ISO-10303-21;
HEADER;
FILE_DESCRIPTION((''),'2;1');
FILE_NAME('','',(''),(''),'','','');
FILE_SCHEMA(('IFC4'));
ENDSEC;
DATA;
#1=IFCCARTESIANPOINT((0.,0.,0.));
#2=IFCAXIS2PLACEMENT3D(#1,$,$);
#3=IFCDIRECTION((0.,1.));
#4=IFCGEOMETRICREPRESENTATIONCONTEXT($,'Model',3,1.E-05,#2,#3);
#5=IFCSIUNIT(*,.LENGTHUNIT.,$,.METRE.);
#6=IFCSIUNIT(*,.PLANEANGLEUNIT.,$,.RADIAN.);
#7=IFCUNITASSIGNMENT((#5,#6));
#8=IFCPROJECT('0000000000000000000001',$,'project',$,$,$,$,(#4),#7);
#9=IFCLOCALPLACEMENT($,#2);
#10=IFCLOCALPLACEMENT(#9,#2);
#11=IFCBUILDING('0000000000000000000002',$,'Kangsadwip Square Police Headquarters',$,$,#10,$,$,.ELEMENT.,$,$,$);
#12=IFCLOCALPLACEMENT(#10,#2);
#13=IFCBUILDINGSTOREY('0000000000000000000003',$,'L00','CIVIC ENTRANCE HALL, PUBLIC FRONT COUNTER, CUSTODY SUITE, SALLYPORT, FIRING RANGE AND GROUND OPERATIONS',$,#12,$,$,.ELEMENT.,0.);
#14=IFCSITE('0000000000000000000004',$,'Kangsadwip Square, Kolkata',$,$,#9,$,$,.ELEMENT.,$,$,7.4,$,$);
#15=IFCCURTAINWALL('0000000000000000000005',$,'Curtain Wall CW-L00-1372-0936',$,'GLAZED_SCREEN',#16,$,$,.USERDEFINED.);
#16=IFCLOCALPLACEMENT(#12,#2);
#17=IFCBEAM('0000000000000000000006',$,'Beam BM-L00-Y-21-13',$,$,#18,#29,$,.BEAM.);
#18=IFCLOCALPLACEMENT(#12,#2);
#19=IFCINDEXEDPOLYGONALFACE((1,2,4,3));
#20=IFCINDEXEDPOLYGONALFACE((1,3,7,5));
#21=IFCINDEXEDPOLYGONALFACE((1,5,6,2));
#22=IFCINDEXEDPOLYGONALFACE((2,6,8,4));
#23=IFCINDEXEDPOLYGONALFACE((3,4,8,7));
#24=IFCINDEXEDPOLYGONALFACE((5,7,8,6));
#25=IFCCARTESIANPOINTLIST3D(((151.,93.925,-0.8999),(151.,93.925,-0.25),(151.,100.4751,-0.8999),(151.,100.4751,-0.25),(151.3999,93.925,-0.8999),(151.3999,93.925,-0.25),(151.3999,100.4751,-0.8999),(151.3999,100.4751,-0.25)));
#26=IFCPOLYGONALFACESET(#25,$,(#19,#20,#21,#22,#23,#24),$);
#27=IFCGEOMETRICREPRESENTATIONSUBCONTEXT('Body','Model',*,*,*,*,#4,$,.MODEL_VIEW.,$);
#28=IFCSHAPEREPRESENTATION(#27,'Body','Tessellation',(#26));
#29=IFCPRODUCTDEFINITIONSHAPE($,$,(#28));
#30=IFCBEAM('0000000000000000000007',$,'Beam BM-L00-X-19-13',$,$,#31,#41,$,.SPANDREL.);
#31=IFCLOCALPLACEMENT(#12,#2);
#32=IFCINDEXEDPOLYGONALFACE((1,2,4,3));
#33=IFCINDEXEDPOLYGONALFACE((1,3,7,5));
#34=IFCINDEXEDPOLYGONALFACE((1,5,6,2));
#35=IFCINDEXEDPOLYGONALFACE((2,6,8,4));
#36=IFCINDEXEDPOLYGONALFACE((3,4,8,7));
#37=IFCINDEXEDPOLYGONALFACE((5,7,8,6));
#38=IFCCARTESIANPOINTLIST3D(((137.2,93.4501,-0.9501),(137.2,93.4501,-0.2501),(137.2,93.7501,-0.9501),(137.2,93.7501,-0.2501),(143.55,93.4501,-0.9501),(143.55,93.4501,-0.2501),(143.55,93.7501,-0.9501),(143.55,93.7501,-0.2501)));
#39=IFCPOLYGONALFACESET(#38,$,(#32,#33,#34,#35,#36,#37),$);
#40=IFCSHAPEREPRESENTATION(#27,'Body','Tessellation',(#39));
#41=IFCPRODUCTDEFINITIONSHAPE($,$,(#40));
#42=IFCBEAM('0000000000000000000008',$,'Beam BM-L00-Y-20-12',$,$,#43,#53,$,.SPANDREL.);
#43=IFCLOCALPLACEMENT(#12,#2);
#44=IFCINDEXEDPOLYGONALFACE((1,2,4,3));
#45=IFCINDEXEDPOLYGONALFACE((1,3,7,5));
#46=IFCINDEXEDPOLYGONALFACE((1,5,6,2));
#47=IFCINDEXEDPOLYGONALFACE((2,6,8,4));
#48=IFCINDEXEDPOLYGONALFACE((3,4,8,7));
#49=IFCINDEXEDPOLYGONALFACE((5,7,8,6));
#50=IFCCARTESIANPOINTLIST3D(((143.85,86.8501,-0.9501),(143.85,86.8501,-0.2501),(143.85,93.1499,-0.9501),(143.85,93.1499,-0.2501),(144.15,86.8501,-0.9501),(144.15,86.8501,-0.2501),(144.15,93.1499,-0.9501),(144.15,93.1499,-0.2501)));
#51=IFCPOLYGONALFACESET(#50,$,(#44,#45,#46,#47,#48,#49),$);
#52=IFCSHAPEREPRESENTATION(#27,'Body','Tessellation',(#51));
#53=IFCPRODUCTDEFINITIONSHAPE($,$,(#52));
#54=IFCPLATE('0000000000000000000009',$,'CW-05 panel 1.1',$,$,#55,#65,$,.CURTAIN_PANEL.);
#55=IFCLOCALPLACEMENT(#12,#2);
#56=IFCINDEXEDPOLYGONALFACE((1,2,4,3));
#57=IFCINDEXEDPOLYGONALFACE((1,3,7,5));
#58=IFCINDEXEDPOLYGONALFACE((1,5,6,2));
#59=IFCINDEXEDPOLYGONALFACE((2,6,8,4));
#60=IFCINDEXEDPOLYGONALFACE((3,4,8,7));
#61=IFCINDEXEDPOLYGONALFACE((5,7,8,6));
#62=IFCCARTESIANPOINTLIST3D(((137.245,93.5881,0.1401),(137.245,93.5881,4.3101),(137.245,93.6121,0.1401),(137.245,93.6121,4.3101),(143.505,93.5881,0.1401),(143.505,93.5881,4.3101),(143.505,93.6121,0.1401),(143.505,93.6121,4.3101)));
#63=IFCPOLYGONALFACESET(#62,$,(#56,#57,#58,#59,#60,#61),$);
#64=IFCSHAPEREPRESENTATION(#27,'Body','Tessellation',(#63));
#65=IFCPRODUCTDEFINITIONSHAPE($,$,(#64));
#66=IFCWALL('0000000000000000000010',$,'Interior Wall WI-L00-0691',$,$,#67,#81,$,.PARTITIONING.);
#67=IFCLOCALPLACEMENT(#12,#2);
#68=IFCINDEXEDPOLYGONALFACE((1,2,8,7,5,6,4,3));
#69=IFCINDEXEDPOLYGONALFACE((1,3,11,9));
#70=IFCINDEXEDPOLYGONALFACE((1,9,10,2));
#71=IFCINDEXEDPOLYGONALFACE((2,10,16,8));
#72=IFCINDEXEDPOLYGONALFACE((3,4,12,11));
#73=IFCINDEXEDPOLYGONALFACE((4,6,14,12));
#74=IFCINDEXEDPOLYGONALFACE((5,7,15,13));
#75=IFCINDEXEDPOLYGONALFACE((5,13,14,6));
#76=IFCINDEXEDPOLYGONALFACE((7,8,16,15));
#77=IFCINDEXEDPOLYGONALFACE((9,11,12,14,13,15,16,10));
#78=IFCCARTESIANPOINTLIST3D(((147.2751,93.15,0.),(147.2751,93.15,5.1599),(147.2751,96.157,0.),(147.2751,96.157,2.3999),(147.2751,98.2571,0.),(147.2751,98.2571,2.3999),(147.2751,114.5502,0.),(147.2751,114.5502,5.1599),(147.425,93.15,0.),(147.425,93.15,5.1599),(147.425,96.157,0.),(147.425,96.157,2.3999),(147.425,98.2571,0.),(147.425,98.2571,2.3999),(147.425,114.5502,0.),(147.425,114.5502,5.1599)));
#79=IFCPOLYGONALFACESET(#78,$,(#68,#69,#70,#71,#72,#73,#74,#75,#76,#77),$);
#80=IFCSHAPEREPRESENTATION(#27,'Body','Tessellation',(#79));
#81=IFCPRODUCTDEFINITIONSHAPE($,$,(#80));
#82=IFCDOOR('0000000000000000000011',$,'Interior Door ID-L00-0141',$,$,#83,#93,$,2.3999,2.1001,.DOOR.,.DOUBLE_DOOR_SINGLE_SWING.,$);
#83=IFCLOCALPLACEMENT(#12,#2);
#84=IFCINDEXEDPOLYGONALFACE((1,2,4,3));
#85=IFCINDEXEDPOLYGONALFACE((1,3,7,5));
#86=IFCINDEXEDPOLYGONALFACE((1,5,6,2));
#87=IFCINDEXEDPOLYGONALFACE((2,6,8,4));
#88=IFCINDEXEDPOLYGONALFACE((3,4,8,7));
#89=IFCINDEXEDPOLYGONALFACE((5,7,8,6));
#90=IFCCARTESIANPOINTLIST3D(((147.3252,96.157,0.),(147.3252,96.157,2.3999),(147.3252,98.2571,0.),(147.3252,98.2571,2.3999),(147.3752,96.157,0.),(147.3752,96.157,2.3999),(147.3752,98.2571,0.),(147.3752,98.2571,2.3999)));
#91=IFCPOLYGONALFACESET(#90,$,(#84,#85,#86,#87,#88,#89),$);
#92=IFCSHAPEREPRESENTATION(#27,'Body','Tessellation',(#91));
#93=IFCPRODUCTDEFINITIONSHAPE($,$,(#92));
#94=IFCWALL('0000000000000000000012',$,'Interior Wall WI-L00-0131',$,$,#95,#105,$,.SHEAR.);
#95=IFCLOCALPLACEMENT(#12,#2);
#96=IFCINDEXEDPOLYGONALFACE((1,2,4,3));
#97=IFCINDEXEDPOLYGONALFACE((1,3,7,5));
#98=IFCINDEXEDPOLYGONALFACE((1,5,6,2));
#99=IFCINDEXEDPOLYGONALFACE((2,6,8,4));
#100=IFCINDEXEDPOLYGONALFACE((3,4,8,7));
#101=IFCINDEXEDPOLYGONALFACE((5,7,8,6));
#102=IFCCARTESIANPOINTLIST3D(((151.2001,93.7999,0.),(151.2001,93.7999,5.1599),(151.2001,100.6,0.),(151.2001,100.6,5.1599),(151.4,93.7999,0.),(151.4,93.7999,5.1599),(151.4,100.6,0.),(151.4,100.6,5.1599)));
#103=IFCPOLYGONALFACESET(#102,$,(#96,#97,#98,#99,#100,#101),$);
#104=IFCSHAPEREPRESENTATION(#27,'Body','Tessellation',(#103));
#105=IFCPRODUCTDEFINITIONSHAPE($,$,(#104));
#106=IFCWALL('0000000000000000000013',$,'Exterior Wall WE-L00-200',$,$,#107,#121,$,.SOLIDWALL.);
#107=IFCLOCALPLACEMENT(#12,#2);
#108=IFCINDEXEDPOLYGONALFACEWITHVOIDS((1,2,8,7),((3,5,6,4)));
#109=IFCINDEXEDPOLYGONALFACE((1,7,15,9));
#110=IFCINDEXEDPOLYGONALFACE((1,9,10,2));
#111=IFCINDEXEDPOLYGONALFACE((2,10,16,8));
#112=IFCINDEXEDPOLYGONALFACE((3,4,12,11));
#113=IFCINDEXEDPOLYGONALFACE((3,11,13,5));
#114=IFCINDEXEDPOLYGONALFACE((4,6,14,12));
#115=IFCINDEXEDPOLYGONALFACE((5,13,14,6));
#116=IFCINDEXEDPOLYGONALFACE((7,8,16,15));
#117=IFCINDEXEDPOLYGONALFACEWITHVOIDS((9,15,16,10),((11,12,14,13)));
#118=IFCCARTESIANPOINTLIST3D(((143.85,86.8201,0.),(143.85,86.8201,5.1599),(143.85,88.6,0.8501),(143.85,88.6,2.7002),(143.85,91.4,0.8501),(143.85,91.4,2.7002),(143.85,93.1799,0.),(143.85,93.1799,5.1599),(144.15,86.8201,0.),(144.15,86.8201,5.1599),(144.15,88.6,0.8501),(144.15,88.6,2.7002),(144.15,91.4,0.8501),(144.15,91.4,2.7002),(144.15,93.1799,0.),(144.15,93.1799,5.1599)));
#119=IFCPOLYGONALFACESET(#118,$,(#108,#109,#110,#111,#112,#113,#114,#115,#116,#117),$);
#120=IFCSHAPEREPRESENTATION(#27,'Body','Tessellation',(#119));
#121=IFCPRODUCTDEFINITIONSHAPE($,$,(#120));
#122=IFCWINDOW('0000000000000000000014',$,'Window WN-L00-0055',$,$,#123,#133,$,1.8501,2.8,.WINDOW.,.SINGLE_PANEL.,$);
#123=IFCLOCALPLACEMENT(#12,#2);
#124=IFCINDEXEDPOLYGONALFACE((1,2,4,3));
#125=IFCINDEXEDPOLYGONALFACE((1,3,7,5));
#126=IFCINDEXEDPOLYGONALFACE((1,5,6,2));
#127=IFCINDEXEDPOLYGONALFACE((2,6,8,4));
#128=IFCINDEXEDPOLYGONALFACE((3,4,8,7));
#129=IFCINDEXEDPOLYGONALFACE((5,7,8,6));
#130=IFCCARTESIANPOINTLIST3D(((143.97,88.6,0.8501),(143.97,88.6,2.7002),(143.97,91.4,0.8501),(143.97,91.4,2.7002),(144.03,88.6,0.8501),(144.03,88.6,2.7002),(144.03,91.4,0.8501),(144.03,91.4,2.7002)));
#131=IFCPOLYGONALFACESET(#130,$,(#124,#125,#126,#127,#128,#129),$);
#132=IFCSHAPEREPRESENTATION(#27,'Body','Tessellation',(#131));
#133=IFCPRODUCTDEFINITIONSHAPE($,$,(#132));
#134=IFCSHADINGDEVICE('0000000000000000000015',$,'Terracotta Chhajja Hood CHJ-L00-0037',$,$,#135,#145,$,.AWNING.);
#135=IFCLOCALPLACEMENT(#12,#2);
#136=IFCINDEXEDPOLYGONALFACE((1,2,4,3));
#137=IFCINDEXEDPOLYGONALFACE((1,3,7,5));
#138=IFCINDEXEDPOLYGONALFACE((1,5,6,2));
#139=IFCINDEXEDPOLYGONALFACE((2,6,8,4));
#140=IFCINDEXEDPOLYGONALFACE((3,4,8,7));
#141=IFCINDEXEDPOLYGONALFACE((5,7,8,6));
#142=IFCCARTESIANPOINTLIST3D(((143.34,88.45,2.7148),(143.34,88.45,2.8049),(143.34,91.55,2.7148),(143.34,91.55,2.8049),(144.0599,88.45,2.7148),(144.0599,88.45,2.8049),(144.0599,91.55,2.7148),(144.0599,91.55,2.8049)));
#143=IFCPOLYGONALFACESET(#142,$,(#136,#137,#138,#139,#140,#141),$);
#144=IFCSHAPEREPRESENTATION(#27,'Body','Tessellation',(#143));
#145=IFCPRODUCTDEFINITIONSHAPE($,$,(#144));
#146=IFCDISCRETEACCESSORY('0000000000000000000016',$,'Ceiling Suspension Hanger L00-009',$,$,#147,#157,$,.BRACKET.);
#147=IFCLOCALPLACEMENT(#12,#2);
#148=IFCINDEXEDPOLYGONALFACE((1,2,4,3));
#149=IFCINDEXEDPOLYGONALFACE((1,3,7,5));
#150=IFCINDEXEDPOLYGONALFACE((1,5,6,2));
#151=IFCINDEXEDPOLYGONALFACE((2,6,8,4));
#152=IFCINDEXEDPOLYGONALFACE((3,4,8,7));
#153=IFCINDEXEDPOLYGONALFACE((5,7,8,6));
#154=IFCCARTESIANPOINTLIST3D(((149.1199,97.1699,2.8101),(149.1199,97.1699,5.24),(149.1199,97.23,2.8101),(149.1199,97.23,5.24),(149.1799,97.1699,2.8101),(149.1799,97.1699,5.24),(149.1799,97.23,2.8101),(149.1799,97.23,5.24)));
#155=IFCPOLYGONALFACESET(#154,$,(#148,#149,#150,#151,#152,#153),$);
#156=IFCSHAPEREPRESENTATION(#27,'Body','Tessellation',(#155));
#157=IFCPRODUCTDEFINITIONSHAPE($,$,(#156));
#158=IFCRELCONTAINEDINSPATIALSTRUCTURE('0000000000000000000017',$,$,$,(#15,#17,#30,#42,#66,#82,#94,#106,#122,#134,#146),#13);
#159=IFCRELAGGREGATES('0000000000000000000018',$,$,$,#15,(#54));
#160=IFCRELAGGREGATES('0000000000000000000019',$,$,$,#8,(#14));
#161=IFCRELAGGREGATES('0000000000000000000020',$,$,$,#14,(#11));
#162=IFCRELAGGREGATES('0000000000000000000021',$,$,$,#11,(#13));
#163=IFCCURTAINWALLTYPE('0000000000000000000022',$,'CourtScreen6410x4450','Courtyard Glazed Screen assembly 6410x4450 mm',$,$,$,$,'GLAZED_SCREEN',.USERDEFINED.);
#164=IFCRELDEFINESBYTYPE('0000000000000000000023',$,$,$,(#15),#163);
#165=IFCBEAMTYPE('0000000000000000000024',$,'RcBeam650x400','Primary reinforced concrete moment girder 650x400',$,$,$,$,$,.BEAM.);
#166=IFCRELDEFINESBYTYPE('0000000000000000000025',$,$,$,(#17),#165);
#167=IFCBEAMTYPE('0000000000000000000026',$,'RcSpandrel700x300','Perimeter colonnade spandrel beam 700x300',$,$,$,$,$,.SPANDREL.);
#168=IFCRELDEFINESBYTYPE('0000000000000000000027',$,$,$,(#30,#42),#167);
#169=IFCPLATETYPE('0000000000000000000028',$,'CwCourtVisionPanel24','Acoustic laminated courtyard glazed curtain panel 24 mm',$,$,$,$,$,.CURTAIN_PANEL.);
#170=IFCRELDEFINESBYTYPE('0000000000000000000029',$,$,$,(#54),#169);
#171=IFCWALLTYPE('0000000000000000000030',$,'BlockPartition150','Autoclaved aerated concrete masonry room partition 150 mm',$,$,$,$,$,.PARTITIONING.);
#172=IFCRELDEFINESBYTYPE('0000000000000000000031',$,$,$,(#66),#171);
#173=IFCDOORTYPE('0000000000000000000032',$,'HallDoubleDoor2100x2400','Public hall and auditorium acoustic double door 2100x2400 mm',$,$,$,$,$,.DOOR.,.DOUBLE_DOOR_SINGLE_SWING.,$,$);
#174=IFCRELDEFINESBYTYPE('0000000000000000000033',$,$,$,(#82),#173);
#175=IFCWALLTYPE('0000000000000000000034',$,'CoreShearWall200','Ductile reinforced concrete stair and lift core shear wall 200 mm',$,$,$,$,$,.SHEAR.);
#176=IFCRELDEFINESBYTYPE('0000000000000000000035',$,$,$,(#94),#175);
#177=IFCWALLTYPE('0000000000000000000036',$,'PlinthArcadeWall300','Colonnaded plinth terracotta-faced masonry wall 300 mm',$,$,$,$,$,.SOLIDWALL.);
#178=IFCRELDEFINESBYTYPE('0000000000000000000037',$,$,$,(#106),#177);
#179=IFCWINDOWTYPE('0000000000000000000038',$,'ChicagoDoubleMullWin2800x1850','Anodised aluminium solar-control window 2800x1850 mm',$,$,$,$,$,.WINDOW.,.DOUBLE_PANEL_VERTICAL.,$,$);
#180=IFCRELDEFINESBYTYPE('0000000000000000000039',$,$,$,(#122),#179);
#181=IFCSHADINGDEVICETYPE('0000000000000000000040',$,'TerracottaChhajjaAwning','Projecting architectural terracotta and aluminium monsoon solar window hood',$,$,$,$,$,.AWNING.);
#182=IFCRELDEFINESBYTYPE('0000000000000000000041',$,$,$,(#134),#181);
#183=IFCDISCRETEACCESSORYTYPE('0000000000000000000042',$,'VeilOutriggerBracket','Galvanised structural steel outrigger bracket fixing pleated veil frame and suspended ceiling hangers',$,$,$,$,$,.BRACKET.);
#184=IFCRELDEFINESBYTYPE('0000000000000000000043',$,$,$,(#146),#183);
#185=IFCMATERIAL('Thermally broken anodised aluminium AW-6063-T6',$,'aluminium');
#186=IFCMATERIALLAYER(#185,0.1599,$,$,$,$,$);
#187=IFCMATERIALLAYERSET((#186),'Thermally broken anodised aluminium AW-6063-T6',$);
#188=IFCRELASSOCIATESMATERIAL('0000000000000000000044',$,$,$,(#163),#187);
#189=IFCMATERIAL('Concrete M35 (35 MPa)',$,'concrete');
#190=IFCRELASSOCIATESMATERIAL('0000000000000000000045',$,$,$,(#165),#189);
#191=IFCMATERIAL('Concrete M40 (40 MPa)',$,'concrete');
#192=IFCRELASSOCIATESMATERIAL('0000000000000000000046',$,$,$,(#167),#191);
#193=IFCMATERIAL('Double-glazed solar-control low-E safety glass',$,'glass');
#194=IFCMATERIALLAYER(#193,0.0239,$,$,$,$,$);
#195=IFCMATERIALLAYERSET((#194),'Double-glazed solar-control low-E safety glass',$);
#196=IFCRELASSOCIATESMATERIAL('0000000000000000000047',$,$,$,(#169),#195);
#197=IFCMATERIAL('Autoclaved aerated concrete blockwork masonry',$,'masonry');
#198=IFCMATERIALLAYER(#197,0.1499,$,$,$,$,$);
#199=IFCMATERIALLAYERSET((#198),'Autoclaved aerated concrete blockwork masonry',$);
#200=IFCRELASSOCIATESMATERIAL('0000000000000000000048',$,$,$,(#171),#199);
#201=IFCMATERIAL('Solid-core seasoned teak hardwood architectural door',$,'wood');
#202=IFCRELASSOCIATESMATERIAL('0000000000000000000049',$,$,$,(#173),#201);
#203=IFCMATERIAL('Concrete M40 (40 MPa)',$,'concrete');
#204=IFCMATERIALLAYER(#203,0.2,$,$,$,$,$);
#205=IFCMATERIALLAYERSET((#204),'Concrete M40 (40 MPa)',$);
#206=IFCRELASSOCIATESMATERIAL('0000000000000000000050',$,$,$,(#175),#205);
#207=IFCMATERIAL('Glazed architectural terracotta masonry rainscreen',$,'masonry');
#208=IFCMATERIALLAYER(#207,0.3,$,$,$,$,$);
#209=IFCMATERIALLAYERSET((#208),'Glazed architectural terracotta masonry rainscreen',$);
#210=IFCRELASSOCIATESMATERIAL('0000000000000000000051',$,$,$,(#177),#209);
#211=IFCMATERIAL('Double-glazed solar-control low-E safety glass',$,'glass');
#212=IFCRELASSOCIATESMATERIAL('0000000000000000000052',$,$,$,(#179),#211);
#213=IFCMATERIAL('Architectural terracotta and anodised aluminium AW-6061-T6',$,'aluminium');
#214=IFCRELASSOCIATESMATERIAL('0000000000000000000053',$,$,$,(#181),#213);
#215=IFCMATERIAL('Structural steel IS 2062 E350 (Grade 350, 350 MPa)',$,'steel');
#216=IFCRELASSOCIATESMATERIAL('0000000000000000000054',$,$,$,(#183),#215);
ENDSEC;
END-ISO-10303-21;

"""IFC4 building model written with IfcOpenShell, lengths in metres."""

from ifc_helpers import new_model, si_unit, direction, frame, frame_2d, origin, origin_2d, place, context, subcontext, project, spatial, rectangle, extrude, material, layer, layer_set, material_profile, profile_set, type_object, element, fill, aggregate, save


model = new_model("IFC4")

# Units and contexts
model_context = context("Model", 3, precision=1e-05, world=origin(), true_north=direction((0.0, 1.0)))
body_context = subcontext(model_context, "Body", "Model", "MODEL_VIEW")
ifc_project = project(units=[si_unit("LENGTHUNIT", "METRE"), si_unit("PLANEANGLEUNIT", "RADIAN")], contexts=[model_context])

# Site, building, storey
site_placement = place(None, origin())
site = spatial("IfcSite", under=ifc_project, at=site_placement, Name="Kangsadwip Square, Kolkata", CompositionType="ELEMENT", RefElevation=7.4)
building_placement = place(site_placement, origin())
building = spatial("IfcBuilding", under=site, at=building_placement, Name="Kangsadwip Square Police Headquarters", CompositionType="ELEMENT")
storey_placement = place(building_placement, origin())
storey = spatial("IfcBuildingStorey", under=building, at=storey_placement, Name="L00", Description="CIVIC ENTRANCE HALL, PUBLIC FRONT COUNTER, CUSTODY SUITE, SALLYPORT, FIRING RANGE AND GROUND OPERATIONS", CompositionType="ELEMENT", Elevation=0.0)

# Curtain wall
ifc_material_1 = material(Name="Thermally broken anodised aluminium AW-6063-T6", Category="aluminium")
ifc_layer_1 = layer(ifc_material_1, 0.1599)
ifc_layer_set_1 = layer_set([ifc_layer_1], Name="Thermally broken anodised aluminium AW-6063-T6")
curtain_wall_type_1 = type_object("IfcCurtainWallType", Name="CourtScreen6410x4450", Description="Courtyard Glazed Screen assembly 6410x4450 mm", ElementType="GLAZED_SCREEN", PredefinedType="USERDEFINED", material=ifc_layer_set_1)
curtain_wall_1_placement = place(storey_placement, origin())
curtain_wall_1 = element("IfcCurtainWall", 1, at=curtain_wall_1_placement, inside=storey, type_object=curtain_wall_type_1, Name="Curtain Wall CW-L00-1372-0936", ObjectType="GLAZED_SCREEN", PredefinedType="USERDEFINED")

# Beams
ifc_material_2 = material(Name="Concrete M35 (35 MPa)", Category="concrete")
ifc_material_profile_1 = material_profile(ifc_material_2, rectangle(XDim=0.3999, YDim=0.6499, at=origin_2d()), Name="RC BM 650X400")
ifc_profile_set_1 = profile_set([ifc_material_profile_1], Name="Concrete M35 (35 MPa)")
beam_type_1 = type_object("IfcBeamType", Name="RcBeam650x400", Description="Primary reinforced concrete moment girder 650x400", PredefinedType="BEAM", material=ifc_profile_set_1)
beam_1_placement = place(storey_placement, frame((151.2, 93.925, -0.575), z_axis=(0.0, 1.0, 0.0), x_axis=(-1.0, 0.0, 0.0)))
element("IfcBeam", 2, at=beam_1_placement, inside=storey, type_object=beam_type_1, Name="Beam BM-L00-Y-21-13", PredefinedType="BEAM", context=body_context, shape_type="SweptSolid", body=[
    extrude(rectangle(XDim=0.3999, YDim=0.6499, at=origin_2d()), origin(), (0.0, 0.0, 1.0), 6.55),
])
ifc_material_3 = material(Name="Concrete M40 (40 MPa)", Category="concrete")
ifc_material_profile_2 = material_profile(ifc_material_3, rectangle(XDim=0.3, YDim=0.7, at=origin_2d()), Name="RC SPN 700X300")
ifc_profile_set_2 = profile_set([ifc_material_profile_2], Name="Concrete M40 (40 MPa)")
beam_type_2 = type_object("IfcBeamType", Name="RcSpandrel700x300", Description="Perimeter colonnade spandrel beam 700x300", PredefinedType="SPANDREL", material=ifc_profile_set_2)
beam_2_placement = place(storey_placement, frame((137.2, 93.6001, -0.6001), z_axis=(1.0, 0.0, 0.0), x_axis=(0.0, 1.0, 0.0)))
element("IfcBeam", 3, at=beam_2_placement, inside=storey, type_object=beam_type_2, Name="Beam BM-L00-X-19-13", PredefinedType="SPANDREL", context=body_context, shape_type="SweptSolid", body=[
    extrude(rectangle(XDim=0.3, YDim=0.7, at=origin_2d()), origin(), (0.0, 0.0, 1.0), 6.3501),
])
beam_3_placement = place(storey_placement, frame((144.0, 86.8501, -0.6001), z_axis=(0.0, 1.0, 0.0), x_axis=(-1.0, 0.0, 0.0)))
element("IfcBeam", 4, at=beam_3_placement, inside=storey, type_object=beam_type_2, Name="Beam BM-L00-Y-20-12", PredefinedType="SPANDREL", context=body_context, shape_type="SweptSolid", body=[
    extrude(rectangle(XDim=0.3, YDim=0.7, at=origin_2d()), origin(), (0.0, 0.0, 1.0), 6.2998),
])

# Plate
ifc_material_4 = material(Name="Double-glazed solar-control low-E safety glass", Category="glass")
ifc_layer_2 = layer(ifc_material_4, 0.0239)
ifc_layer_set_2 = layer_set([ifc_layer_2], Name="Double-glazed solar-control low-E safety glass")
plate_type = type_object("IfcPlateType", Name="CwCourtVisionPanel24", Description="Acoustic laminated courtyard glazed curtain panel 24 mm", PredefinedType="CURTAIN_PANEL", material=ifc_layer_set_2)
plate_placement = place(storey_placement, frame((140.375, 93.6001, 0.1401), z_axis=(0.0, 0.0, 1.0), x_axis=(1.0, 0.0, 0.0)))
plate = element("IfcPlate", 5, at=plate_placement, type_object=plate_type, Name="CW-05 panel 1.1", PredefinedType="CURTAIN_PANEL", context=body_context, shape_type="SweptSolid", body=[
    extrude(rectangle(XDim=6.26, YDim=0.0239, at=origin_2d()), origin(), (0.0, 0.0, 1.0), 4.1699),
])
aggregate(curtain_wall_1, [plate])

# Wall, opening, door
ifc_material_5 = material(Name="Autoclaved aerated concrete blockwork masonry", Category="masonry")
ifc_layer_3 = layer(ifc_material_5, 0.1499)
ifc_layer_set_3 = layer_set([ifc_layer_3], Name="Autoclaved aerated concrete blockwork masonry")
wall_type_1 = type_object("IfcWallType", Name="BlockPartition150", Description="Autoclaved aerated concrete masonry room partition 150 mm", PredefinedType="PARTITIONING", material=ifc_layer_set_3)
wall_1_placement = place(storey_placement, frame((147.3501, 93.1499, 0.0), z_axis=(0.0, 0.0, 1.0), x_axis=(0.0, 1.0, 0.0)))
wall_1 = element("IfcWall", 6, at=wall_1_placement, inside=storey, type_object=wall_type_1, Name="Interior Wall WI-L00-0691", PredefinedType="PARTITIONING", context=body_context, shape_type="SweptSolid", body=[
    extrude(rectangle(XDim=21.4001, YDim=0.1499, at=frame_2d((10.7002, 0.0))), origin(), (0.0, 0.0, 1.0), 5.1599),
])
opening_1_placement = place(wall_1_placement, frame((3.0071, 0.0, 0.0)))
opening_1 = element("IfcOpeningElement", 7, at=opening_1_placement, cuts=wall_1, PredefinedType="OPENING", context=body_context, shape_type="SweptSolid", body=[
    extrude(rectangle(XDim=2.1001, YDim=2.3999, at=frame_2d((1.05, 1.2))), frame((0.0, 0.085, 0.0), z_axis=(0.0, -1.0, 0.0), x_axis=(1.0, 0.0, 0.0)), (0.0, 0.0, 1.0), 0.1699),
])
ifc_material_6 = material(Name="Solid-core seasoned teak hardwood architectural door", Category="wood")
door_type = type_object("IfcDoorType", Name="HallDoubleDoor2100x2400", Description="Public hall and auditorium acoustic double door 2100x2400 mm", OperationType="DOUBLE_DOOR_SINGLE_SWING", PredefinedType="DOOR", material=ifc_material_6)
door_placement = place(opening_1_placement, origin())
door = element("IfcDoor", 8, at=door_placement, inside=storey, type_object=door_type, Name="Interior Door ID-L00-0141", OperationType="DOUBLE_DOOR_SINGLE_SWING", OverallHeight=2.3999, OverallWidth=2.1001, PredefinedType="DOOR", context=body_context, shape_type="SweptSolid", body=[
    extrude(rectangle(XDim=2.1001, YDim=2.3999, at=frame_2d((1.05, 1.2))), frame((0.0, 0.0249, 0.0), z_axis=(0.0, -1.0, 0.0), x_axis=(1.0, 0.0, 0.0)), (0.0, 0.0, 1.0), 0.05),
])
fill(opening_1, door)

# Wall
ifc_material_7 = material(Name="Concrete M40 (40 MPa)", Category="concrete")
ifc_layer_4 = layer(ifc_material_7, 0.2)
ifc_layer_set_4 = layer_set([ifc_layer_4], Name="Concrete M40 (40 MPa)")
wall_type_2 = type_object("IfcWallType", Name="CoreShearWall200", Description="Ductile reinforced concrete stair and lift core shear wall 200 mm", PredefinedType="SHEAR", material=ifc_layer_set_4)
wall_2_placement = place(storey_placement, frame((151.3, 93.8, 0.0), z_axis=(0.0, 0.0, 1.0), x_axis=(0.0, 1.0, 0.0)))
element("IfcWall", 9, at=wall_2_placement, inside=storey, type_object=wall_type_2, Name="Interior Wall WI-L00-0131", PredefinedType="SHEAR", context=body_context, shape_type="SweptSolid", body=[
    extrude(rectangle(XDim=6.8, YDim=0.2, at=frame_2d((3.3999, 0.0))), origin(), (0.0, 0.0, 1.0), 5.1599),
])

# Wall, opening, window
ifc_material_8 = material(Name="Glazed architectural terracotta masonry rainscreen", Category="masonry")
ifc_layer_5 = layer(ifc_material_8, 0.3)
ifc_layer_set_5 = layer_set([ifc_layer_5], Name="Glazed architectural terracotta masonry rainscreen")
wall_type_3 = type_object("IfcWallType", Name="PlinthArcadeWall300", Description="Colonnaded plinth terracotta-faced masonry wall 300 mm", PredefinedType="SOLIDWALL", material=ifc_layer_set_5)
wall_3_placement = place(storey_placement, frame((144.0, 86.8201, 0.0), z_axis=(0.0, 0.0, 1.0), x_axis=(0.0, 1.0, 0.0)))
wall_3 = element("IfcWall", 10, at=wall_3_placement, inside=storey, type_object=wall_type_3, Name="Exterior Wall WE-L00-200", PredefinedType="SOLIDWALL", context=body_context, shape_type="SweptSolid", body=[
    extrude(rectangle(XDim=6.3599, YDim=0.3, at=frame_2d((3.1799, 0.0))), origin(), (0.0, 0.0, 1.0), 5.1599),
])
opening_2_placement = place(wall_3_placement, frame((1.78, 0.0, 0.8501)))
opening_2 = element("IfcOpeningElement", 11, at=opening_2_placement, cuts=wall_3, PredefinedType="OPENING", context=body_context, shape_type="SweptSolid", body=[
    extrude(rectangle(XDim=2.8, YDim=1.8501, at=frame_2d((1.3999, 0.925))), frame((0.0, 0.1599, 0.0), z_axis=(0.0, -1.0, 0.0), x_axis=(1.0, 0.0, 0.0)), (0.0, 0.0, 1.0), 0.3201),
])
ifc_material_9 = material(Name="Double-glazed solar-control low-E safety glass", Category="glass")
window_type = type_object("IfcWindowType", Name="ChicagoDoubleMullWin2800x1850", Description="Anodised aluminium solar-control window 2800x1850 mm", PartitioningType="DOUBLE_PANEL_VERTICAL", PredefinedType="WINDOW", material=ifc_material_9)
window_placement = place(opening_2_placement, origin())
window = element("IfcWindow", 12, at=window_placement, inside=storey, type_object=window_type, Name="Window WN-L00-0055", OverallHeight=1.8501, OverallWidth=2.8, PartitioningType="SINGLE_PANEL", PredefinedType="WINDOW", context=body_context, shape_type="SweptSolid", body=[
    extrude(rectangle(XDim=2.8, YDim=1.8501, at=frame_2d((1.3999, 0.925))), frame((0.0, 0.03, 0.0), z_axis=(0.0, -1.0, 0.0), x_axis=(1.0, 0.0, 0.0)), (0.0, 0.0, 1.0), 0.0601),
])
fill(opening_2, window)

# Shading device
ifc_material_10 = material(Name="Architectural terracotta and anodised aluminium AW-6061-T6", Category="aluminium")
shading_device_type = type_object("IfcShadingDeviceType", Name="TerracottaChhajjaAwning", Description="Projecting architectural terracotta and aluminium monsoon solar window hood", PredefinedType="AWNING", material=ifc_material_10)
shading_device_placement = place(storey_placement, frame((143.7, 90.0, 2.7148), z_axis=(0.0, 0.0, 1.0), x_axis=(0.0, 1.0, 0.0)))
element("IfcShadingDevice", 13, at=shading_device_placement, inside=storey, type_object=shading_device_type, Name="Terracotta Chhajja Hood CHJ-L00-0037", PredefinedType="AWNING", context=body_context, shape_type="SweptSolid", body=[
    extrude(rectangle(XDim=3.1001, YDim=0.72, at=origin_2d()), origin(), (0.0, 0.0, 1.0), 0.0901),
])

# Discrete accessory
ifc_material_11 = material(Name="Structural steel IS 2062 E350 (Grade 350, 350 MPa)", Category="steel")
discrete_accessory_type = type_object("IfcDiscreteAccessoryType", Name="VeilOutriggerBracket", Description="Galvanised structural steel outrigger bracket fixing pleated veil frame and suspended ceiling hangers", PredefinedType="BRACKET", material=ifc_material_11)
discrete_accessory_placement = place(storey_placement, frame((149.1499, 97.2, 2.8101), z_axis=(0.0, 0.0, 1.0), x_axis=(1.0, 0.0, 0.0)))
element("IfcDiscreteAccessory", 14, at=discrete_accessory_placement, inside=storey, type_object=discrete_accessory_type, Name="Ceiling Suspension Hanger L00-009", PredefinedType="BRACKET", context=body_context, shape_type="SweptSolid", body=[
    extrude(rectangle(XDim=0.0601, YDim=0.0601, at=origin_2d()), origin(), (0.0, 0.0, 1.0), 2.4299),
])

save(model, "model.ifc")
